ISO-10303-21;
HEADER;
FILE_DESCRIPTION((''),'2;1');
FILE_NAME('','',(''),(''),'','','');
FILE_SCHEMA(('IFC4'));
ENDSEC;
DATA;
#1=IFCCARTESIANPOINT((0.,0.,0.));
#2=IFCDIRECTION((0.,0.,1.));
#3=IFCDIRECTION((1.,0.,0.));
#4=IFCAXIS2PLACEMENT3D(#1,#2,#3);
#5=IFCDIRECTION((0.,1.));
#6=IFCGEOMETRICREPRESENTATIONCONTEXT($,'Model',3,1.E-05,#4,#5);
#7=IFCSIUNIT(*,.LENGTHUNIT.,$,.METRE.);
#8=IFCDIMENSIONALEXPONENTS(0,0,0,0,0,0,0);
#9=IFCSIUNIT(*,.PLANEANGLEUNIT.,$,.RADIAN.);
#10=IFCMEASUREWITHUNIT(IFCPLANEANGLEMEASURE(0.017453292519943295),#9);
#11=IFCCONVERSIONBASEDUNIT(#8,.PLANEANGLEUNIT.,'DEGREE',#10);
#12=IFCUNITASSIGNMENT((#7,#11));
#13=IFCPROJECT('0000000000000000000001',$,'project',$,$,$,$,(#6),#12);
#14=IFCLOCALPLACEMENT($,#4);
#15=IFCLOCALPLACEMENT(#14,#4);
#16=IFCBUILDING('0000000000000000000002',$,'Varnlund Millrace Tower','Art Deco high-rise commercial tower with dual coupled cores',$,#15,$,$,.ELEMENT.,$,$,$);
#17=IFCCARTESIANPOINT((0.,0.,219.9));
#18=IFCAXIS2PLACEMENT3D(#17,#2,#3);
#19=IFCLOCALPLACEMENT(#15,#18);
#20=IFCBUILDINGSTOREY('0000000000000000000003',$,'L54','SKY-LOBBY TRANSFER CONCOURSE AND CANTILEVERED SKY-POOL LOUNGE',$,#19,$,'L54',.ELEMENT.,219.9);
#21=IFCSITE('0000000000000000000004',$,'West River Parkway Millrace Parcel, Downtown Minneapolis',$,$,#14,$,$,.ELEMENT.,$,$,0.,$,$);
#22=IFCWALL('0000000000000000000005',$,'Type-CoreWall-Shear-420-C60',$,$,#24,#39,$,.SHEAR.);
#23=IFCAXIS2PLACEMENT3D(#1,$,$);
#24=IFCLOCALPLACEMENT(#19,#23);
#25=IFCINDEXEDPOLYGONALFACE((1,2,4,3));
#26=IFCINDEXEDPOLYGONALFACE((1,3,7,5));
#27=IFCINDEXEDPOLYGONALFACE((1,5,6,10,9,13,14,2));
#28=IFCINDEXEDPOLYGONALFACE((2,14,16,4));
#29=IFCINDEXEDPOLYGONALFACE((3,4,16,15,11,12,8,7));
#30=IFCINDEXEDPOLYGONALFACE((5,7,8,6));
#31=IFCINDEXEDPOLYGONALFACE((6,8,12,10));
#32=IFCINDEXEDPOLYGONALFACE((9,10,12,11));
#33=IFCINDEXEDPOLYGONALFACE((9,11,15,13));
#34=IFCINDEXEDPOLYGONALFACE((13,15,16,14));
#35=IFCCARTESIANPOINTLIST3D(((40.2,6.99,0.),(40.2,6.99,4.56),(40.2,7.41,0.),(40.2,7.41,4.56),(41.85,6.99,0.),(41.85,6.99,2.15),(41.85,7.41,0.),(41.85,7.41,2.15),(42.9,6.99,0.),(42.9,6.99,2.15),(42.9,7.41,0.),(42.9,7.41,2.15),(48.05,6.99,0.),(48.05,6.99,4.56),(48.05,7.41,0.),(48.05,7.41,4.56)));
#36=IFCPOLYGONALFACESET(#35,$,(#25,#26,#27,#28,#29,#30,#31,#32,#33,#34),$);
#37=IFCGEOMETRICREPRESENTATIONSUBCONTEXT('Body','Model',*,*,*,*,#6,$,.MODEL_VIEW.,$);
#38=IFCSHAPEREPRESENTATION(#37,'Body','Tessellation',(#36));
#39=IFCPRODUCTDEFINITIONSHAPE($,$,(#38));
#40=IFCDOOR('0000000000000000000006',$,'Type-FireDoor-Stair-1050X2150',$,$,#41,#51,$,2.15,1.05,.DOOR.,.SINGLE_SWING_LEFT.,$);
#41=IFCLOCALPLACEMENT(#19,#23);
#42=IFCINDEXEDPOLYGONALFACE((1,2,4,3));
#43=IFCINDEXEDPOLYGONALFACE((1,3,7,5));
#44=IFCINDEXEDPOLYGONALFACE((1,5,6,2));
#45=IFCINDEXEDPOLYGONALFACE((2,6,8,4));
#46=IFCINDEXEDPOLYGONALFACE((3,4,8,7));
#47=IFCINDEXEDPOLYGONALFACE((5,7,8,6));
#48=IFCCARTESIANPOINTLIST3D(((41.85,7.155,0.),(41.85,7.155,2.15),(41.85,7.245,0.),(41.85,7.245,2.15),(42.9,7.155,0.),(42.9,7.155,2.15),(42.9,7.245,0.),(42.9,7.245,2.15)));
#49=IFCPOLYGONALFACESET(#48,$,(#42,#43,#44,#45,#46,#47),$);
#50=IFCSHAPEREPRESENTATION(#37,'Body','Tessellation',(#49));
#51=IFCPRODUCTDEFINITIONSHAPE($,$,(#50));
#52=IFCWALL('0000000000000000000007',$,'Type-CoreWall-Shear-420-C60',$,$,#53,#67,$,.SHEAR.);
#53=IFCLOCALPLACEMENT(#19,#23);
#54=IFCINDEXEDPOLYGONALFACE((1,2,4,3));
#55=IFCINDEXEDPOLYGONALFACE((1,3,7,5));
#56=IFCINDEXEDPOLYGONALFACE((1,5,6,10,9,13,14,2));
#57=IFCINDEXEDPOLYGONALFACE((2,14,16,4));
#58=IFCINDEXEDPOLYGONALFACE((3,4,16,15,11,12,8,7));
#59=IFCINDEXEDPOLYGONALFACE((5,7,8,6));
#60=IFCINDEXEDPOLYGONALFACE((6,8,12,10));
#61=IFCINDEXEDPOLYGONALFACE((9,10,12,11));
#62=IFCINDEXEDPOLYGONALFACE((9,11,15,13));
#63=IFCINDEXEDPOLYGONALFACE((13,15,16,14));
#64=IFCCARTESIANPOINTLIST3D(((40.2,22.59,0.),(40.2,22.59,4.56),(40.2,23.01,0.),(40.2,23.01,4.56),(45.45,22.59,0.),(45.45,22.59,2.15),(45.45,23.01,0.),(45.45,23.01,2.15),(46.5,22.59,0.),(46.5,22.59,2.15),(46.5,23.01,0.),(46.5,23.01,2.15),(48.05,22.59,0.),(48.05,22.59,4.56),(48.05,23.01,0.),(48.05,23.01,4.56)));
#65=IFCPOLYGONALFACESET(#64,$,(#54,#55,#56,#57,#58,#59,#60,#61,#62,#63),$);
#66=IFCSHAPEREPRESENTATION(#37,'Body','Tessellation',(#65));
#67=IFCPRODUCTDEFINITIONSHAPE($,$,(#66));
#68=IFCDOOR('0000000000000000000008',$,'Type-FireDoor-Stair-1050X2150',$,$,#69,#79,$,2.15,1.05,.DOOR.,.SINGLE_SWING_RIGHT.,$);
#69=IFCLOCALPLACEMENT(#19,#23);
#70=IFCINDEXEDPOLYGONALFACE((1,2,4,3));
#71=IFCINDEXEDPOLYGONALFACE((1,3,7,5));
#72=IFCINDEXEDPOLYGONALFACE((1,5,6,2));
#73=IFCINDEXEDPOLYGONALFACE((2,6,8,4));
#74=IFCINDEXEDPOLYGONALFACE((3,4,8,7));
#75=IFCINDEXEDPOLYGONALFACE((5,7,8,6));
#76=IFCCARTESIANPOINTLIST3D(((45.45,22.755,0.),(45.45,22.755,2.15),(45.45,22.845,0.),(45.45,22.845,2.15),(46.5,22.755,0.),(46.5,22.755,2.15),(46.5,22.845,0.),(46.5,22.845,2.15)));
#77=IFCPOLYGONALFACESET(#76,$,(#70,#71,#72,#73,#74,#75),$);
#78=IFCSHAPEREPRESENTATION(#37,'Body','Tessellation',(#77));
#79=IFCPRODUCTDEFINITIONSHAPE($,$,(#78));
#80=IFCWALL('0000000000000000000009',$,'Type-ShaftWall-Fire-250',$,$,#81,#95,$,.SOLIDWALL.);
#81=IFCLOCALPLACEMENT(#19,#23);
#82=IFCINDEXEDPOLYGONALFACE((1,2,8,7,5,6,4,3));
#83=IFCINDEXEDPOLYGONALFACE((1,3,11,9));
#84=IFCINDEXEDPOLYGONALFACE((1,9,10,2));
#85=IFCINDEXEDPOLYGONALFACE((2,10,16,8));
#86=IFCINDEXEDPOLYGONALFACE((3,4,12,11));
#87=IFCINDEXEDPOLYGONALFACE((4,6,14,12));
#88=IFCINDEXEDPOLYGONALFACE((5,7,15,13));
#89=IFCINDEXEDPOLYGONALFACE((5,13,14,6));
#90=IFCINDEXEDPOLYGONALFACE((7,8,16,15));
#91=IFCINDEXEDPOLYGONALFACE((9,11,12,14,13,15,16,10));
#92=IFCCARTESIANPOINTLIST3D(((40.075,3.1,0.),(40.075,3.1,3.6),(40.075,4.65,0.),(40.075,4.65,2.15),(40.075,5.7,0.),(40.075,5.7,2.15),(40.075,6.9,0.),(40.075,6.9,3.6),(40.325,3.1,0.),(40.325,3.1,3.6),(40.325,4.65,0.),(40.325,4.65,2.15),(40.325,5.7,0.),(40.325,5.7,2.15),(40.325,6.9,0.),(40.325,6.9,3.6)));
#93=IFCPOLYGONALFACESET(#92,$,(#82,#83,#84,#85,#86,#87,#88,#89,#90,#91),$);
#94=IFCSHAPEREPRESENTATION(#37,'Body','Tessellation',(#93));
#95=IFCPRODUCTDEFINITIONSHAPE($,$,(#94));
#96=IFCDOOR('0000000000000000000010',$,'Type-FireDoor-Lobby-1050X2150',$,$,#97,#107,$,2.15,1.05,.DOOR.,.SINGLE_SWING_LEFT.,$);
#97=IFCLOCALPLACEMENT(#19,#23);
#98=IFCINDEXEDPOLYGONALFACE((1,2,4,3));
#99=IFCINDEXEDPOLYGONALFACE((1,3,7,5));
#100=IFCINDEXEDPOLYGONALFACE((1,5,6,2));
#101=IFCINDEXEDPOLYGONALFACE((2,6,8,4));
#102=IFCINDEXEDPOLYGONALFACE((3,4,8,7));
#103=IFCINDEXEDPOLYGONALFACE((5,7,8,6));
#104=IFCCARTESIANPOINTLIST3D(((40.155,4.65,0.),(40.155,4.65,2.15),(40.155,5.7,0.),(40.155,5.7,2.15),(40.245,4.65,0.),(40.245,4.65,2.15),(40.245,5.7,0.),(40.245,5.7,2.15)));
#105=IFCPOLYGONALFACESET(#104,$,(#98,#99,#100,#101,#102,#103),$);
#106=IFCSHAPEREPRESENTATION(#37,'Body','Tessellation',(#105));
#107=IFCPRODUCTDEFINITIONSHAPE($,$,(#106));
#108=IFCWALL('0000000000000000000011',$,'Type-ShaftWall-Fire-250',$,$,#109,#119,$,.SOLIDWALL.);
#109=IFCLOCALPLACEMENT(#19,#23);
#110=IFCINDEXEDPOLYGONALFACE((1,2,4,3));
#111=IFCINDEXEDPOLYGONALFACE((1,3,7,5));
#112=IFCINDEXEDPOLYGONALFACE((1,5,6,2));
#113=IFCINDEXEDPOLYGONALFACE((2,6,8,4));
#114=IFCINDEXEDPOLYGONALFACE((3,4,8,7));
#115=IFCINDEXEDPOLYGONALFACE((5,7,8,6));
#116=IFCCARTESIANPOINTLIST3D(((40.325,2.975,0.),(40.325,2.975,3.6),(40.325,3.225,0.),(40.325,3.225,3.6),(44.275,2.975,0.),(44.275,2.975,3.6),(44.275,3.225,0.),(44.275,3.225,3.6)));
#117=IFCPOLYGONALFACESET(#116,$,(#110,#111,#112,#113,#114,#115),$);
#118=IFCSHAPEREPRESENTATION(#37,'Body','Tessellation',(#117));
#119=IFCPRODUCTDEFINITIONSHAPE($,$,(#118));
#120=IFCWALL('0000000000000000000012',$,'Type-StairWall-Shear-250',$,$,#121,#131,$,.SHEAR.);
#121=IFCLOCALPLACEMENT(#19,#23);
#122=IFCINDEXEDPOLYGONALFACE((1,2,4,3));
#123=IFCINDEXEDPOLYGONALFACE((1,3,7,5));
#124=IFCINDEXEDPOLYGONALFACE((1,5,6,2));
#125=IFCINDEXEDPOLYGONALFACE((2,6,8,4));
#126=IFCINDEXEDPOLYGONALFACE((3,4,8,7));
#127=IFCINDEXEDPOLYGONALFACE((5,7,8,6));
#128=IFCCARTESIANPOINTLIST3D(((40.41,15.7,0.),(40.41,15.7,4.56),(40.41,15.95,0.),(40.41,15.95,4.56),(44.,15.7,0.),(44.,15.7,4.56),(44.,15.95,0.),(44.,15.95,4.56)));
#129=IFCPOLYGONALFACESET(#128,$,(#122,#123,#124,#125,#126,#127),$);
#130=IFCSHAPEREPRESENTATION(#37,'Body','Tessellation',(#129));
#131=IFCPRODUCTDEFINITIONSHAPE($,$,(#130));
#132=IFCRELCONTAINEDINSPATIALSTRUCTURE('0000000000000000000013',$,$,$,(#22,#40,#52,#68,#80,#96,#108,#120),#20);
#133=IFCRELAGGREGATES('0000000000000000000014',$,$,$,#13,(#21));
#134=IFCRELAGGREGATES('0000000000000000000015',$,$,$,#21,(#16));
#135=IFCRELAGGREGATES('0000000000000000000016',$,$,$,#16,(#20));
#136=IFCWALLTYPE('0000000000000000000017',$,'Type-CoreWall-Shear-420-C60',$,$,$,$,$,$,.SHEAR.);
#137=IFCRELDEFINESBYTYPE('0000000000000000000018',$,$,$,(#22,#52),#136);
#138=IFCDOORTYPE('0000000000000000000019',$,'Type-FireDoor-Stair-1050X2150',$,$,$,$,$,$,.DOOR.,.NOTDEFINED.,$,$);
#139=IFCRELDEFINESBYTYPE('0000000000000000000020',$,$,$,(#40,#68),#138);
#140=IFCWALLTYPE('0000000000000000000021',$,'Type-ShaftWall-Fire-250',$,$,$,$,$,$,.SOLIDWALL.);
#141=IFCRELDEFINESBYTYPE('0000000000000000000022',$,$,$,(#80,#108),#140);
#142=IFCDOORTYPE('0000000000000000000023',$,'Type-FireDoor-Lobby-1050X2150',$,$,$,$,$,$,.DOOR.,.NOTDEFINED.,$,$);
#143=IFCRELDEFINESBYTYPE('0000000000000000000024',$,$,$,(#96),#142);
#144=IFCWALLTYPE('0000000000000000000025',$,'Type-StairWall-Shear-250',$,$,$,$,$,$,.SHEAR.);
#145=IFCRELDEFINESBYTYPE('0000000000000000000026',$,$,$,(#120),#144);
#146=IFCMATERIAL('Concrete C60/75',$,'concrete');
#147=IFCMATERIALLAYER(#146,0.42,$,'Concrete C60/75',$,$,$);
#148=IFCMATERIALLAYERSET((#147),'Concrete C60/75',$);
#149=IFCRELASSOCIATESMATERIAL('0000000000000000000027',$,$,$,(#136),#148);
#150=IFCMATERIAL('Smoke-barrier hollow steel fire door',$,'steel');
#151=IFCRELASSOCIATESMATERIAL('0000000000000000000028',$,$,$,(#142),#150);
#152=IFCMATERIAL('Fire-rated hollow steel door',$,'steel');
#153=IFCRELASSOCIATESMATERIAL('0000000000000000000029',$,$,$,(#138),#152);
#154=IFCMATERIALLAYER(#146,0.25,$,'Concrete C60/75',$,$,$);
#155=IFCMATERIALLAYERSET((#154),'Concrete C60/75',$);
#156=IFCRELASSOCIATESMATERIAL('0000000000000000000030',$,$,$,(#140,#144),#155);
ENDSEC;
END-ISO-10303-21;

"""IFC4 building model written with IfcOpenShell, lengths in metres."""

from ifc_helpers import new_model, entity, si_unit, converted_unit, direction, frame, origin_with_axes, origin_2d_with_axis, place, context, subcontext, project, spatial, polyline, rectangle, outline, extrude, material, layer, layer_set, type_object, element, fill, save


model = new_model("IFC4")

# Units and contexts
model_context = context("Model", 3, precision=1e-05, world=origin_with_axes(), true_north=direction((0.0, 1.0)))
body_context = subcontext(model_context, "Body", "Model", "MODEL_VIEW")
ifc_project = project(units=[si_unit("LENGTHUNIT", "METRE"), converted_unit("PLANEANGLEUNIT", "DEGREE", entity("IfcPlaneAngleMeasure", 0.017453292519943295), si_unit("PLANEANGLEUNIT", "RADIAN"), dimensions=[0, 0, 0, 0, 0, 0, 0])], contexts=[model_context])

# Site, building, storey
site_placement = place(None, origin_with_axes())
site = spatial("IfcSite", under=ifc_project, at=site_placement, Name="West River Parkway Millrace Parcel, Downtown Minneapolis", CompositionType="ELEMENT", RefElevation=0.0)
building_placement = place(site_placement, origin_with_axes())
building = spatial("IfcBuilding", under=site, at=building_placement, Name="Varnlund Millrace Tower", Description="Art Deco high-rise commercial tower with dual coupled cores", CompositionType="ELEMENT")
storey_placement = place(building_placement, frame((0.0, 0.0, 219.9), z_axis=(0.0, 0.0, 1.0), x_axis=(1.0, 0.0, 0.0)))
storey = spatial("IfcBuildingStorey", under=building, at=storey_placement, Name="L54", Description="SKY-LOBBY TRANSFER CONCOURSE AND CANTILEVERED SKY-POOL LOUNGE", LongName="L54", CompositionType="ELEMENT", Elevation=219.9)

# Shared definitions
ifc_material_1 = material(Name="Concrete C60/75", Category="concrete")
ifc_layer_1 = layer(ifc_material_1, 0.42, Name="Concrete C60/75")
ifc_layer_set_1 = layer_set([ifc_layer_1], Name="Concrete C60/75")
wall_type_1 = type_object("IfcWallType", Name="Type-CoreWall-Shear-420-C60", PredefinedType="SHEAR", material=ifc_layer_set_1)
ifc_material_2 = material(Name="Smoke-barrier hollow steel fire door", Category="steel")
door_type_1 = type_object("IfcDoorType", Name="Type-FireDoor-Lobby-1050X2150", OperationType="NOTDEFINED", PredefinedType="DOOR", material=ifc_material_2)

# Walls, openings, doors
wall_1_placement = place(storey_placement, frame((40.2, 7.2, 0.0), z_axis=(0.0, 0.0, 1.0), x_axis=(1.0, 0.0, 0.0)))
wall_1 = element("IfcWall", 1, at=wall_1_placement, inside=storey, type_object=wall_type_1, Name="Type-CoreWall-Shear-420-C60", PredefinedType="SHEAR", context=body_context, shape_type="SweptSolid", body=[
    extrude(outline(polyline([(0.0, -0.21), (7.85, -0.21), (7.85, 0.21), (0.0, 0.21), (0.0, -0.21)])), origin_with_axes(), (0.0, 0.0, 1.0), 4.56),
])
opening_1_placement = place(wall_1_placement, frame((2.175, 0.0, 0.0), z_axis=(0.0, 0.0, 1.0), x_axis=(1.0, 0.0, 0.0)))
opening_1 = element("IfcOpeningElement", 2, at=opening_1_placement, cuts=wall_1, PredefinedType="OPENING", context=body_context, shape_type="SweptSolid", body=[
    extrude(rectangle(XDim=1.05, YDim=0.44, at=origin_2d_with_axis()), origin_with_axes(), (0.0, 0.0, 1.0), 2.15),
])
ifc_material_3 = material(Name="Fire-rated hollow steel door", Category="steel")
door_type_2 = type_object("IfcDoorType", Name="Type-FireDoor-Stair-1050X2150", OperationType="NOTDEFINED", PredefinedType="DOOR", material=ifc_material_3)
door_1_placement = place(wall_1_placement, frame((2.175, 0.0, 0.0), z_axis=(0.0, 0.0, 1.0), x_axis=(1.0, 0.0, 0.0)))
door_1 = element("IfcDoor", 3, at=door_1_placement, inside=storey, type_object=door_type_2, Name="Type-FireDoor-Stair-1050X2150", OperationType="SINGLE_SWING_LEFT", OverallHeight=2.15, OverallWidth=1.05, PredefinedType="DOOR", context=body_context, shape_type="SweptSolid", body=[
    extrude(rectangle(XDim=1.05, YDim=0.09, at=origin_2d_with_axis()), origin_with_axes(), (0.0, 0.0, 1.0), 2.15),
])
fill(opening_1, door_1)
wall_2_placement = place(storey_placement, frame((40.2, 22.8, 0.0), z_axis=(0.0, 0.0, 1.0), x_axis=(1.0, 0.0, 0.0)))
wall_2 = element("IfcWall", 4, at=wall_2_placement, inside=storey, type_object=wall_type_1, Name="Type-CoreWall-Shear-420-C60", PredefinedType="SHEAR", context=body_context, shape_type="SweptSolid", body=[
    extrude(outline(polyline([(0.0, -0.21), (7.85, -0.21), (7.85, 0.21), (0.0, 0.21), (0.0, -0.21)])), origin_with_axes(), (0.0, 0.0, 1.0), 4.56),
])
opening_2_placement = place(wall_2_placement, frame((5.775, 0.0, 0.0), z_axis=(0.0, 0.0, 1.0), x_axis=(1.0, 0.0, 0.0)))
opening_2 = element("IfcOpeningElement", 5, at=opening_2_placement, cuts=wall_2, PredefinedType="OPENING", context=body_context, shape_type="SweptSolid", body=[
    extrude(rectangle(XDim=1.05, YDim=0.44, at=origin_2d_with_axis()), origin_with_axes(), (0.0, 0.0, 1.0), 2.15),
])
door_2_placement = place(wall_2_placement, frame((5.775, 0.0, 0.0), z_axis=(0.0, 0.0, 1.0), x_axis=(1.0, 0.0, 0.0)))
door_2 = element("IfcDoor", 6, at=door_2_placement, inside=storey, type_object=door_type_2, Name="Type-FireDoor-Stair-1050X2150", OperationType="SINGLE_SWING_RIGHT", OverallHeight=2.15, OverallWidth=1.05, PredefinedType="DOOR", context=body_context, shape_type="SweptSolid", body=[
    extrude(rectangle(XDim=1.05, YDim=0.09, at=origin_2d_with_axis()), origin_with_axes(), (0.0, 0.0, 1.0), 2.15),
])
fill(opening_2, door_2)
ifc_layer_2 = layer(ifc_material_1, 0.25, Name="Concrete C60/75")
ifc_layer_set_2 = layer_set([ifc_layer_2], Name="Concrete C60/75")
wall_type_2 = type_object("IfcWallType", Name="Type-ShaftWall-Fire-250", PredefinedType="SOLIDWALL", material=ifc_layer_set_2)
wall_3_placement = place(storey_placement, frame((40.2, 3.1, 0.0), z_axis=(0.0, 0.0, 1.0), x_axis=(0.0, 1.0, 0.0)))
wall_3 = element("IfcWall", 7, at=wall_3_placement, inside=storey, type_object=wall_type_2, Name="Type-ShaftWall-Fire-250", PredefinedType="SOLIDWALL", context=body_context, shape_type="SweptSolid", body=[
    extrude(outline(polyline([(0.0, -0.125), (3.8, -0.125), (3.8, 0.125), (0.0, 0.125), (0.0, -0.125)])), origin_with_axes(), (0.0, 0.0, 1.0), 3.6),
])
opening_3_placement = place(wall_3_placement, frame((2.075, 0.0, 0.0), z_axis=(0.0, 0.0, 1.0), x_axis=(1.0, 0.0, 0.0)))
opening_3 = element("IfcOpeningElement", 8, at=opening_3_placement, cuts=wall_3, PredefinedType="OPENING", context=body_context, shape_type="SweptSolid", body=[
    extrude(rectangle(XDim=1.05, YDim=0.27, at=origin_2d_with_axis()), origin_with_axes(), (0.0, 0.0, 1.0), 2.15),
])
door_3_placement = place(wall_3_placement, frame((2.075, 0.0, 0.0), z_axis=(0.0, 0.0, 1.0), x_axis=(1.0, 0.0, 0.0)))
door_3 = element("IfcDoor", 9, at=door_3_placement, inside=storey, type_object=door_type_1, Name="Type-FireDoor-Lobby-1050X2150", OperationType="SINGLE_SWING_LEFT", OverallHeight=2.15, OverallWidth=1.05, PredefinedType="DOOR", context=body_context, shape_type="SweptSolid", body=[
    extrude(rectangle(XDim=1.05, YDim=0.09, at=origin_2d_with_axis()), origin_with_axes(), (0.0, 0.0, 1.0), 2.15),
])
fill(opening_3, door_3)

# Walls
wall_4_placement = place(storey_placement, frame((40.325, 3.1, 0.0), z_axis=(0.0, 0.0, 1.0), x_axis=(1.0, 0.0, 0.0)))
element("IfcWall", 10, at=wall_4_placement, inside=storey, type_object=wall_type_2, Name="Type-ShaftWall-Fire-250", PredefinedType="SOLIDWALL", context=body_context, shape_type="SweptSolid", body=[
    extrude(outline(polyline([(0.0, -0.125), (3.95, -0.125), (3.95, 0.125), (0.0, 0.125), (0.0, -0.125)])), origin_with_axes(), (0.0, 0.0, 1.0), 3.6),
])
wall_type_3 = type_object("IfcWallType", Name="Type-StairWall-Shear-250", PredefinedType="SHEAR", material=ifc_layer_set_2)
wall_5_placement = place(storey_placement, frame((40.41, 15.825, 0.0), z_axis=(0.0, 0.0, 1.0), x_axis=(1.0, 0.0, 0.0)))
element("IfcWall", 11, at=wall_5_placement, inside=storey, type_object=wall_type_3, Name="Type-StairWall-Shear-250", PredefinedType="SHEAR", context=body_context, shape_type="SweptSolid", body=[
    extrude(outline(polyline([(0.0, -0.125), (3.59, -0.125), (3.59, 0.125), (0.0, 0.125), (0.0, -0.125)])), origin_with_axes(), (0.0, 0.0, 1.0), 4.56),
])

save(model, "model.ifc")
